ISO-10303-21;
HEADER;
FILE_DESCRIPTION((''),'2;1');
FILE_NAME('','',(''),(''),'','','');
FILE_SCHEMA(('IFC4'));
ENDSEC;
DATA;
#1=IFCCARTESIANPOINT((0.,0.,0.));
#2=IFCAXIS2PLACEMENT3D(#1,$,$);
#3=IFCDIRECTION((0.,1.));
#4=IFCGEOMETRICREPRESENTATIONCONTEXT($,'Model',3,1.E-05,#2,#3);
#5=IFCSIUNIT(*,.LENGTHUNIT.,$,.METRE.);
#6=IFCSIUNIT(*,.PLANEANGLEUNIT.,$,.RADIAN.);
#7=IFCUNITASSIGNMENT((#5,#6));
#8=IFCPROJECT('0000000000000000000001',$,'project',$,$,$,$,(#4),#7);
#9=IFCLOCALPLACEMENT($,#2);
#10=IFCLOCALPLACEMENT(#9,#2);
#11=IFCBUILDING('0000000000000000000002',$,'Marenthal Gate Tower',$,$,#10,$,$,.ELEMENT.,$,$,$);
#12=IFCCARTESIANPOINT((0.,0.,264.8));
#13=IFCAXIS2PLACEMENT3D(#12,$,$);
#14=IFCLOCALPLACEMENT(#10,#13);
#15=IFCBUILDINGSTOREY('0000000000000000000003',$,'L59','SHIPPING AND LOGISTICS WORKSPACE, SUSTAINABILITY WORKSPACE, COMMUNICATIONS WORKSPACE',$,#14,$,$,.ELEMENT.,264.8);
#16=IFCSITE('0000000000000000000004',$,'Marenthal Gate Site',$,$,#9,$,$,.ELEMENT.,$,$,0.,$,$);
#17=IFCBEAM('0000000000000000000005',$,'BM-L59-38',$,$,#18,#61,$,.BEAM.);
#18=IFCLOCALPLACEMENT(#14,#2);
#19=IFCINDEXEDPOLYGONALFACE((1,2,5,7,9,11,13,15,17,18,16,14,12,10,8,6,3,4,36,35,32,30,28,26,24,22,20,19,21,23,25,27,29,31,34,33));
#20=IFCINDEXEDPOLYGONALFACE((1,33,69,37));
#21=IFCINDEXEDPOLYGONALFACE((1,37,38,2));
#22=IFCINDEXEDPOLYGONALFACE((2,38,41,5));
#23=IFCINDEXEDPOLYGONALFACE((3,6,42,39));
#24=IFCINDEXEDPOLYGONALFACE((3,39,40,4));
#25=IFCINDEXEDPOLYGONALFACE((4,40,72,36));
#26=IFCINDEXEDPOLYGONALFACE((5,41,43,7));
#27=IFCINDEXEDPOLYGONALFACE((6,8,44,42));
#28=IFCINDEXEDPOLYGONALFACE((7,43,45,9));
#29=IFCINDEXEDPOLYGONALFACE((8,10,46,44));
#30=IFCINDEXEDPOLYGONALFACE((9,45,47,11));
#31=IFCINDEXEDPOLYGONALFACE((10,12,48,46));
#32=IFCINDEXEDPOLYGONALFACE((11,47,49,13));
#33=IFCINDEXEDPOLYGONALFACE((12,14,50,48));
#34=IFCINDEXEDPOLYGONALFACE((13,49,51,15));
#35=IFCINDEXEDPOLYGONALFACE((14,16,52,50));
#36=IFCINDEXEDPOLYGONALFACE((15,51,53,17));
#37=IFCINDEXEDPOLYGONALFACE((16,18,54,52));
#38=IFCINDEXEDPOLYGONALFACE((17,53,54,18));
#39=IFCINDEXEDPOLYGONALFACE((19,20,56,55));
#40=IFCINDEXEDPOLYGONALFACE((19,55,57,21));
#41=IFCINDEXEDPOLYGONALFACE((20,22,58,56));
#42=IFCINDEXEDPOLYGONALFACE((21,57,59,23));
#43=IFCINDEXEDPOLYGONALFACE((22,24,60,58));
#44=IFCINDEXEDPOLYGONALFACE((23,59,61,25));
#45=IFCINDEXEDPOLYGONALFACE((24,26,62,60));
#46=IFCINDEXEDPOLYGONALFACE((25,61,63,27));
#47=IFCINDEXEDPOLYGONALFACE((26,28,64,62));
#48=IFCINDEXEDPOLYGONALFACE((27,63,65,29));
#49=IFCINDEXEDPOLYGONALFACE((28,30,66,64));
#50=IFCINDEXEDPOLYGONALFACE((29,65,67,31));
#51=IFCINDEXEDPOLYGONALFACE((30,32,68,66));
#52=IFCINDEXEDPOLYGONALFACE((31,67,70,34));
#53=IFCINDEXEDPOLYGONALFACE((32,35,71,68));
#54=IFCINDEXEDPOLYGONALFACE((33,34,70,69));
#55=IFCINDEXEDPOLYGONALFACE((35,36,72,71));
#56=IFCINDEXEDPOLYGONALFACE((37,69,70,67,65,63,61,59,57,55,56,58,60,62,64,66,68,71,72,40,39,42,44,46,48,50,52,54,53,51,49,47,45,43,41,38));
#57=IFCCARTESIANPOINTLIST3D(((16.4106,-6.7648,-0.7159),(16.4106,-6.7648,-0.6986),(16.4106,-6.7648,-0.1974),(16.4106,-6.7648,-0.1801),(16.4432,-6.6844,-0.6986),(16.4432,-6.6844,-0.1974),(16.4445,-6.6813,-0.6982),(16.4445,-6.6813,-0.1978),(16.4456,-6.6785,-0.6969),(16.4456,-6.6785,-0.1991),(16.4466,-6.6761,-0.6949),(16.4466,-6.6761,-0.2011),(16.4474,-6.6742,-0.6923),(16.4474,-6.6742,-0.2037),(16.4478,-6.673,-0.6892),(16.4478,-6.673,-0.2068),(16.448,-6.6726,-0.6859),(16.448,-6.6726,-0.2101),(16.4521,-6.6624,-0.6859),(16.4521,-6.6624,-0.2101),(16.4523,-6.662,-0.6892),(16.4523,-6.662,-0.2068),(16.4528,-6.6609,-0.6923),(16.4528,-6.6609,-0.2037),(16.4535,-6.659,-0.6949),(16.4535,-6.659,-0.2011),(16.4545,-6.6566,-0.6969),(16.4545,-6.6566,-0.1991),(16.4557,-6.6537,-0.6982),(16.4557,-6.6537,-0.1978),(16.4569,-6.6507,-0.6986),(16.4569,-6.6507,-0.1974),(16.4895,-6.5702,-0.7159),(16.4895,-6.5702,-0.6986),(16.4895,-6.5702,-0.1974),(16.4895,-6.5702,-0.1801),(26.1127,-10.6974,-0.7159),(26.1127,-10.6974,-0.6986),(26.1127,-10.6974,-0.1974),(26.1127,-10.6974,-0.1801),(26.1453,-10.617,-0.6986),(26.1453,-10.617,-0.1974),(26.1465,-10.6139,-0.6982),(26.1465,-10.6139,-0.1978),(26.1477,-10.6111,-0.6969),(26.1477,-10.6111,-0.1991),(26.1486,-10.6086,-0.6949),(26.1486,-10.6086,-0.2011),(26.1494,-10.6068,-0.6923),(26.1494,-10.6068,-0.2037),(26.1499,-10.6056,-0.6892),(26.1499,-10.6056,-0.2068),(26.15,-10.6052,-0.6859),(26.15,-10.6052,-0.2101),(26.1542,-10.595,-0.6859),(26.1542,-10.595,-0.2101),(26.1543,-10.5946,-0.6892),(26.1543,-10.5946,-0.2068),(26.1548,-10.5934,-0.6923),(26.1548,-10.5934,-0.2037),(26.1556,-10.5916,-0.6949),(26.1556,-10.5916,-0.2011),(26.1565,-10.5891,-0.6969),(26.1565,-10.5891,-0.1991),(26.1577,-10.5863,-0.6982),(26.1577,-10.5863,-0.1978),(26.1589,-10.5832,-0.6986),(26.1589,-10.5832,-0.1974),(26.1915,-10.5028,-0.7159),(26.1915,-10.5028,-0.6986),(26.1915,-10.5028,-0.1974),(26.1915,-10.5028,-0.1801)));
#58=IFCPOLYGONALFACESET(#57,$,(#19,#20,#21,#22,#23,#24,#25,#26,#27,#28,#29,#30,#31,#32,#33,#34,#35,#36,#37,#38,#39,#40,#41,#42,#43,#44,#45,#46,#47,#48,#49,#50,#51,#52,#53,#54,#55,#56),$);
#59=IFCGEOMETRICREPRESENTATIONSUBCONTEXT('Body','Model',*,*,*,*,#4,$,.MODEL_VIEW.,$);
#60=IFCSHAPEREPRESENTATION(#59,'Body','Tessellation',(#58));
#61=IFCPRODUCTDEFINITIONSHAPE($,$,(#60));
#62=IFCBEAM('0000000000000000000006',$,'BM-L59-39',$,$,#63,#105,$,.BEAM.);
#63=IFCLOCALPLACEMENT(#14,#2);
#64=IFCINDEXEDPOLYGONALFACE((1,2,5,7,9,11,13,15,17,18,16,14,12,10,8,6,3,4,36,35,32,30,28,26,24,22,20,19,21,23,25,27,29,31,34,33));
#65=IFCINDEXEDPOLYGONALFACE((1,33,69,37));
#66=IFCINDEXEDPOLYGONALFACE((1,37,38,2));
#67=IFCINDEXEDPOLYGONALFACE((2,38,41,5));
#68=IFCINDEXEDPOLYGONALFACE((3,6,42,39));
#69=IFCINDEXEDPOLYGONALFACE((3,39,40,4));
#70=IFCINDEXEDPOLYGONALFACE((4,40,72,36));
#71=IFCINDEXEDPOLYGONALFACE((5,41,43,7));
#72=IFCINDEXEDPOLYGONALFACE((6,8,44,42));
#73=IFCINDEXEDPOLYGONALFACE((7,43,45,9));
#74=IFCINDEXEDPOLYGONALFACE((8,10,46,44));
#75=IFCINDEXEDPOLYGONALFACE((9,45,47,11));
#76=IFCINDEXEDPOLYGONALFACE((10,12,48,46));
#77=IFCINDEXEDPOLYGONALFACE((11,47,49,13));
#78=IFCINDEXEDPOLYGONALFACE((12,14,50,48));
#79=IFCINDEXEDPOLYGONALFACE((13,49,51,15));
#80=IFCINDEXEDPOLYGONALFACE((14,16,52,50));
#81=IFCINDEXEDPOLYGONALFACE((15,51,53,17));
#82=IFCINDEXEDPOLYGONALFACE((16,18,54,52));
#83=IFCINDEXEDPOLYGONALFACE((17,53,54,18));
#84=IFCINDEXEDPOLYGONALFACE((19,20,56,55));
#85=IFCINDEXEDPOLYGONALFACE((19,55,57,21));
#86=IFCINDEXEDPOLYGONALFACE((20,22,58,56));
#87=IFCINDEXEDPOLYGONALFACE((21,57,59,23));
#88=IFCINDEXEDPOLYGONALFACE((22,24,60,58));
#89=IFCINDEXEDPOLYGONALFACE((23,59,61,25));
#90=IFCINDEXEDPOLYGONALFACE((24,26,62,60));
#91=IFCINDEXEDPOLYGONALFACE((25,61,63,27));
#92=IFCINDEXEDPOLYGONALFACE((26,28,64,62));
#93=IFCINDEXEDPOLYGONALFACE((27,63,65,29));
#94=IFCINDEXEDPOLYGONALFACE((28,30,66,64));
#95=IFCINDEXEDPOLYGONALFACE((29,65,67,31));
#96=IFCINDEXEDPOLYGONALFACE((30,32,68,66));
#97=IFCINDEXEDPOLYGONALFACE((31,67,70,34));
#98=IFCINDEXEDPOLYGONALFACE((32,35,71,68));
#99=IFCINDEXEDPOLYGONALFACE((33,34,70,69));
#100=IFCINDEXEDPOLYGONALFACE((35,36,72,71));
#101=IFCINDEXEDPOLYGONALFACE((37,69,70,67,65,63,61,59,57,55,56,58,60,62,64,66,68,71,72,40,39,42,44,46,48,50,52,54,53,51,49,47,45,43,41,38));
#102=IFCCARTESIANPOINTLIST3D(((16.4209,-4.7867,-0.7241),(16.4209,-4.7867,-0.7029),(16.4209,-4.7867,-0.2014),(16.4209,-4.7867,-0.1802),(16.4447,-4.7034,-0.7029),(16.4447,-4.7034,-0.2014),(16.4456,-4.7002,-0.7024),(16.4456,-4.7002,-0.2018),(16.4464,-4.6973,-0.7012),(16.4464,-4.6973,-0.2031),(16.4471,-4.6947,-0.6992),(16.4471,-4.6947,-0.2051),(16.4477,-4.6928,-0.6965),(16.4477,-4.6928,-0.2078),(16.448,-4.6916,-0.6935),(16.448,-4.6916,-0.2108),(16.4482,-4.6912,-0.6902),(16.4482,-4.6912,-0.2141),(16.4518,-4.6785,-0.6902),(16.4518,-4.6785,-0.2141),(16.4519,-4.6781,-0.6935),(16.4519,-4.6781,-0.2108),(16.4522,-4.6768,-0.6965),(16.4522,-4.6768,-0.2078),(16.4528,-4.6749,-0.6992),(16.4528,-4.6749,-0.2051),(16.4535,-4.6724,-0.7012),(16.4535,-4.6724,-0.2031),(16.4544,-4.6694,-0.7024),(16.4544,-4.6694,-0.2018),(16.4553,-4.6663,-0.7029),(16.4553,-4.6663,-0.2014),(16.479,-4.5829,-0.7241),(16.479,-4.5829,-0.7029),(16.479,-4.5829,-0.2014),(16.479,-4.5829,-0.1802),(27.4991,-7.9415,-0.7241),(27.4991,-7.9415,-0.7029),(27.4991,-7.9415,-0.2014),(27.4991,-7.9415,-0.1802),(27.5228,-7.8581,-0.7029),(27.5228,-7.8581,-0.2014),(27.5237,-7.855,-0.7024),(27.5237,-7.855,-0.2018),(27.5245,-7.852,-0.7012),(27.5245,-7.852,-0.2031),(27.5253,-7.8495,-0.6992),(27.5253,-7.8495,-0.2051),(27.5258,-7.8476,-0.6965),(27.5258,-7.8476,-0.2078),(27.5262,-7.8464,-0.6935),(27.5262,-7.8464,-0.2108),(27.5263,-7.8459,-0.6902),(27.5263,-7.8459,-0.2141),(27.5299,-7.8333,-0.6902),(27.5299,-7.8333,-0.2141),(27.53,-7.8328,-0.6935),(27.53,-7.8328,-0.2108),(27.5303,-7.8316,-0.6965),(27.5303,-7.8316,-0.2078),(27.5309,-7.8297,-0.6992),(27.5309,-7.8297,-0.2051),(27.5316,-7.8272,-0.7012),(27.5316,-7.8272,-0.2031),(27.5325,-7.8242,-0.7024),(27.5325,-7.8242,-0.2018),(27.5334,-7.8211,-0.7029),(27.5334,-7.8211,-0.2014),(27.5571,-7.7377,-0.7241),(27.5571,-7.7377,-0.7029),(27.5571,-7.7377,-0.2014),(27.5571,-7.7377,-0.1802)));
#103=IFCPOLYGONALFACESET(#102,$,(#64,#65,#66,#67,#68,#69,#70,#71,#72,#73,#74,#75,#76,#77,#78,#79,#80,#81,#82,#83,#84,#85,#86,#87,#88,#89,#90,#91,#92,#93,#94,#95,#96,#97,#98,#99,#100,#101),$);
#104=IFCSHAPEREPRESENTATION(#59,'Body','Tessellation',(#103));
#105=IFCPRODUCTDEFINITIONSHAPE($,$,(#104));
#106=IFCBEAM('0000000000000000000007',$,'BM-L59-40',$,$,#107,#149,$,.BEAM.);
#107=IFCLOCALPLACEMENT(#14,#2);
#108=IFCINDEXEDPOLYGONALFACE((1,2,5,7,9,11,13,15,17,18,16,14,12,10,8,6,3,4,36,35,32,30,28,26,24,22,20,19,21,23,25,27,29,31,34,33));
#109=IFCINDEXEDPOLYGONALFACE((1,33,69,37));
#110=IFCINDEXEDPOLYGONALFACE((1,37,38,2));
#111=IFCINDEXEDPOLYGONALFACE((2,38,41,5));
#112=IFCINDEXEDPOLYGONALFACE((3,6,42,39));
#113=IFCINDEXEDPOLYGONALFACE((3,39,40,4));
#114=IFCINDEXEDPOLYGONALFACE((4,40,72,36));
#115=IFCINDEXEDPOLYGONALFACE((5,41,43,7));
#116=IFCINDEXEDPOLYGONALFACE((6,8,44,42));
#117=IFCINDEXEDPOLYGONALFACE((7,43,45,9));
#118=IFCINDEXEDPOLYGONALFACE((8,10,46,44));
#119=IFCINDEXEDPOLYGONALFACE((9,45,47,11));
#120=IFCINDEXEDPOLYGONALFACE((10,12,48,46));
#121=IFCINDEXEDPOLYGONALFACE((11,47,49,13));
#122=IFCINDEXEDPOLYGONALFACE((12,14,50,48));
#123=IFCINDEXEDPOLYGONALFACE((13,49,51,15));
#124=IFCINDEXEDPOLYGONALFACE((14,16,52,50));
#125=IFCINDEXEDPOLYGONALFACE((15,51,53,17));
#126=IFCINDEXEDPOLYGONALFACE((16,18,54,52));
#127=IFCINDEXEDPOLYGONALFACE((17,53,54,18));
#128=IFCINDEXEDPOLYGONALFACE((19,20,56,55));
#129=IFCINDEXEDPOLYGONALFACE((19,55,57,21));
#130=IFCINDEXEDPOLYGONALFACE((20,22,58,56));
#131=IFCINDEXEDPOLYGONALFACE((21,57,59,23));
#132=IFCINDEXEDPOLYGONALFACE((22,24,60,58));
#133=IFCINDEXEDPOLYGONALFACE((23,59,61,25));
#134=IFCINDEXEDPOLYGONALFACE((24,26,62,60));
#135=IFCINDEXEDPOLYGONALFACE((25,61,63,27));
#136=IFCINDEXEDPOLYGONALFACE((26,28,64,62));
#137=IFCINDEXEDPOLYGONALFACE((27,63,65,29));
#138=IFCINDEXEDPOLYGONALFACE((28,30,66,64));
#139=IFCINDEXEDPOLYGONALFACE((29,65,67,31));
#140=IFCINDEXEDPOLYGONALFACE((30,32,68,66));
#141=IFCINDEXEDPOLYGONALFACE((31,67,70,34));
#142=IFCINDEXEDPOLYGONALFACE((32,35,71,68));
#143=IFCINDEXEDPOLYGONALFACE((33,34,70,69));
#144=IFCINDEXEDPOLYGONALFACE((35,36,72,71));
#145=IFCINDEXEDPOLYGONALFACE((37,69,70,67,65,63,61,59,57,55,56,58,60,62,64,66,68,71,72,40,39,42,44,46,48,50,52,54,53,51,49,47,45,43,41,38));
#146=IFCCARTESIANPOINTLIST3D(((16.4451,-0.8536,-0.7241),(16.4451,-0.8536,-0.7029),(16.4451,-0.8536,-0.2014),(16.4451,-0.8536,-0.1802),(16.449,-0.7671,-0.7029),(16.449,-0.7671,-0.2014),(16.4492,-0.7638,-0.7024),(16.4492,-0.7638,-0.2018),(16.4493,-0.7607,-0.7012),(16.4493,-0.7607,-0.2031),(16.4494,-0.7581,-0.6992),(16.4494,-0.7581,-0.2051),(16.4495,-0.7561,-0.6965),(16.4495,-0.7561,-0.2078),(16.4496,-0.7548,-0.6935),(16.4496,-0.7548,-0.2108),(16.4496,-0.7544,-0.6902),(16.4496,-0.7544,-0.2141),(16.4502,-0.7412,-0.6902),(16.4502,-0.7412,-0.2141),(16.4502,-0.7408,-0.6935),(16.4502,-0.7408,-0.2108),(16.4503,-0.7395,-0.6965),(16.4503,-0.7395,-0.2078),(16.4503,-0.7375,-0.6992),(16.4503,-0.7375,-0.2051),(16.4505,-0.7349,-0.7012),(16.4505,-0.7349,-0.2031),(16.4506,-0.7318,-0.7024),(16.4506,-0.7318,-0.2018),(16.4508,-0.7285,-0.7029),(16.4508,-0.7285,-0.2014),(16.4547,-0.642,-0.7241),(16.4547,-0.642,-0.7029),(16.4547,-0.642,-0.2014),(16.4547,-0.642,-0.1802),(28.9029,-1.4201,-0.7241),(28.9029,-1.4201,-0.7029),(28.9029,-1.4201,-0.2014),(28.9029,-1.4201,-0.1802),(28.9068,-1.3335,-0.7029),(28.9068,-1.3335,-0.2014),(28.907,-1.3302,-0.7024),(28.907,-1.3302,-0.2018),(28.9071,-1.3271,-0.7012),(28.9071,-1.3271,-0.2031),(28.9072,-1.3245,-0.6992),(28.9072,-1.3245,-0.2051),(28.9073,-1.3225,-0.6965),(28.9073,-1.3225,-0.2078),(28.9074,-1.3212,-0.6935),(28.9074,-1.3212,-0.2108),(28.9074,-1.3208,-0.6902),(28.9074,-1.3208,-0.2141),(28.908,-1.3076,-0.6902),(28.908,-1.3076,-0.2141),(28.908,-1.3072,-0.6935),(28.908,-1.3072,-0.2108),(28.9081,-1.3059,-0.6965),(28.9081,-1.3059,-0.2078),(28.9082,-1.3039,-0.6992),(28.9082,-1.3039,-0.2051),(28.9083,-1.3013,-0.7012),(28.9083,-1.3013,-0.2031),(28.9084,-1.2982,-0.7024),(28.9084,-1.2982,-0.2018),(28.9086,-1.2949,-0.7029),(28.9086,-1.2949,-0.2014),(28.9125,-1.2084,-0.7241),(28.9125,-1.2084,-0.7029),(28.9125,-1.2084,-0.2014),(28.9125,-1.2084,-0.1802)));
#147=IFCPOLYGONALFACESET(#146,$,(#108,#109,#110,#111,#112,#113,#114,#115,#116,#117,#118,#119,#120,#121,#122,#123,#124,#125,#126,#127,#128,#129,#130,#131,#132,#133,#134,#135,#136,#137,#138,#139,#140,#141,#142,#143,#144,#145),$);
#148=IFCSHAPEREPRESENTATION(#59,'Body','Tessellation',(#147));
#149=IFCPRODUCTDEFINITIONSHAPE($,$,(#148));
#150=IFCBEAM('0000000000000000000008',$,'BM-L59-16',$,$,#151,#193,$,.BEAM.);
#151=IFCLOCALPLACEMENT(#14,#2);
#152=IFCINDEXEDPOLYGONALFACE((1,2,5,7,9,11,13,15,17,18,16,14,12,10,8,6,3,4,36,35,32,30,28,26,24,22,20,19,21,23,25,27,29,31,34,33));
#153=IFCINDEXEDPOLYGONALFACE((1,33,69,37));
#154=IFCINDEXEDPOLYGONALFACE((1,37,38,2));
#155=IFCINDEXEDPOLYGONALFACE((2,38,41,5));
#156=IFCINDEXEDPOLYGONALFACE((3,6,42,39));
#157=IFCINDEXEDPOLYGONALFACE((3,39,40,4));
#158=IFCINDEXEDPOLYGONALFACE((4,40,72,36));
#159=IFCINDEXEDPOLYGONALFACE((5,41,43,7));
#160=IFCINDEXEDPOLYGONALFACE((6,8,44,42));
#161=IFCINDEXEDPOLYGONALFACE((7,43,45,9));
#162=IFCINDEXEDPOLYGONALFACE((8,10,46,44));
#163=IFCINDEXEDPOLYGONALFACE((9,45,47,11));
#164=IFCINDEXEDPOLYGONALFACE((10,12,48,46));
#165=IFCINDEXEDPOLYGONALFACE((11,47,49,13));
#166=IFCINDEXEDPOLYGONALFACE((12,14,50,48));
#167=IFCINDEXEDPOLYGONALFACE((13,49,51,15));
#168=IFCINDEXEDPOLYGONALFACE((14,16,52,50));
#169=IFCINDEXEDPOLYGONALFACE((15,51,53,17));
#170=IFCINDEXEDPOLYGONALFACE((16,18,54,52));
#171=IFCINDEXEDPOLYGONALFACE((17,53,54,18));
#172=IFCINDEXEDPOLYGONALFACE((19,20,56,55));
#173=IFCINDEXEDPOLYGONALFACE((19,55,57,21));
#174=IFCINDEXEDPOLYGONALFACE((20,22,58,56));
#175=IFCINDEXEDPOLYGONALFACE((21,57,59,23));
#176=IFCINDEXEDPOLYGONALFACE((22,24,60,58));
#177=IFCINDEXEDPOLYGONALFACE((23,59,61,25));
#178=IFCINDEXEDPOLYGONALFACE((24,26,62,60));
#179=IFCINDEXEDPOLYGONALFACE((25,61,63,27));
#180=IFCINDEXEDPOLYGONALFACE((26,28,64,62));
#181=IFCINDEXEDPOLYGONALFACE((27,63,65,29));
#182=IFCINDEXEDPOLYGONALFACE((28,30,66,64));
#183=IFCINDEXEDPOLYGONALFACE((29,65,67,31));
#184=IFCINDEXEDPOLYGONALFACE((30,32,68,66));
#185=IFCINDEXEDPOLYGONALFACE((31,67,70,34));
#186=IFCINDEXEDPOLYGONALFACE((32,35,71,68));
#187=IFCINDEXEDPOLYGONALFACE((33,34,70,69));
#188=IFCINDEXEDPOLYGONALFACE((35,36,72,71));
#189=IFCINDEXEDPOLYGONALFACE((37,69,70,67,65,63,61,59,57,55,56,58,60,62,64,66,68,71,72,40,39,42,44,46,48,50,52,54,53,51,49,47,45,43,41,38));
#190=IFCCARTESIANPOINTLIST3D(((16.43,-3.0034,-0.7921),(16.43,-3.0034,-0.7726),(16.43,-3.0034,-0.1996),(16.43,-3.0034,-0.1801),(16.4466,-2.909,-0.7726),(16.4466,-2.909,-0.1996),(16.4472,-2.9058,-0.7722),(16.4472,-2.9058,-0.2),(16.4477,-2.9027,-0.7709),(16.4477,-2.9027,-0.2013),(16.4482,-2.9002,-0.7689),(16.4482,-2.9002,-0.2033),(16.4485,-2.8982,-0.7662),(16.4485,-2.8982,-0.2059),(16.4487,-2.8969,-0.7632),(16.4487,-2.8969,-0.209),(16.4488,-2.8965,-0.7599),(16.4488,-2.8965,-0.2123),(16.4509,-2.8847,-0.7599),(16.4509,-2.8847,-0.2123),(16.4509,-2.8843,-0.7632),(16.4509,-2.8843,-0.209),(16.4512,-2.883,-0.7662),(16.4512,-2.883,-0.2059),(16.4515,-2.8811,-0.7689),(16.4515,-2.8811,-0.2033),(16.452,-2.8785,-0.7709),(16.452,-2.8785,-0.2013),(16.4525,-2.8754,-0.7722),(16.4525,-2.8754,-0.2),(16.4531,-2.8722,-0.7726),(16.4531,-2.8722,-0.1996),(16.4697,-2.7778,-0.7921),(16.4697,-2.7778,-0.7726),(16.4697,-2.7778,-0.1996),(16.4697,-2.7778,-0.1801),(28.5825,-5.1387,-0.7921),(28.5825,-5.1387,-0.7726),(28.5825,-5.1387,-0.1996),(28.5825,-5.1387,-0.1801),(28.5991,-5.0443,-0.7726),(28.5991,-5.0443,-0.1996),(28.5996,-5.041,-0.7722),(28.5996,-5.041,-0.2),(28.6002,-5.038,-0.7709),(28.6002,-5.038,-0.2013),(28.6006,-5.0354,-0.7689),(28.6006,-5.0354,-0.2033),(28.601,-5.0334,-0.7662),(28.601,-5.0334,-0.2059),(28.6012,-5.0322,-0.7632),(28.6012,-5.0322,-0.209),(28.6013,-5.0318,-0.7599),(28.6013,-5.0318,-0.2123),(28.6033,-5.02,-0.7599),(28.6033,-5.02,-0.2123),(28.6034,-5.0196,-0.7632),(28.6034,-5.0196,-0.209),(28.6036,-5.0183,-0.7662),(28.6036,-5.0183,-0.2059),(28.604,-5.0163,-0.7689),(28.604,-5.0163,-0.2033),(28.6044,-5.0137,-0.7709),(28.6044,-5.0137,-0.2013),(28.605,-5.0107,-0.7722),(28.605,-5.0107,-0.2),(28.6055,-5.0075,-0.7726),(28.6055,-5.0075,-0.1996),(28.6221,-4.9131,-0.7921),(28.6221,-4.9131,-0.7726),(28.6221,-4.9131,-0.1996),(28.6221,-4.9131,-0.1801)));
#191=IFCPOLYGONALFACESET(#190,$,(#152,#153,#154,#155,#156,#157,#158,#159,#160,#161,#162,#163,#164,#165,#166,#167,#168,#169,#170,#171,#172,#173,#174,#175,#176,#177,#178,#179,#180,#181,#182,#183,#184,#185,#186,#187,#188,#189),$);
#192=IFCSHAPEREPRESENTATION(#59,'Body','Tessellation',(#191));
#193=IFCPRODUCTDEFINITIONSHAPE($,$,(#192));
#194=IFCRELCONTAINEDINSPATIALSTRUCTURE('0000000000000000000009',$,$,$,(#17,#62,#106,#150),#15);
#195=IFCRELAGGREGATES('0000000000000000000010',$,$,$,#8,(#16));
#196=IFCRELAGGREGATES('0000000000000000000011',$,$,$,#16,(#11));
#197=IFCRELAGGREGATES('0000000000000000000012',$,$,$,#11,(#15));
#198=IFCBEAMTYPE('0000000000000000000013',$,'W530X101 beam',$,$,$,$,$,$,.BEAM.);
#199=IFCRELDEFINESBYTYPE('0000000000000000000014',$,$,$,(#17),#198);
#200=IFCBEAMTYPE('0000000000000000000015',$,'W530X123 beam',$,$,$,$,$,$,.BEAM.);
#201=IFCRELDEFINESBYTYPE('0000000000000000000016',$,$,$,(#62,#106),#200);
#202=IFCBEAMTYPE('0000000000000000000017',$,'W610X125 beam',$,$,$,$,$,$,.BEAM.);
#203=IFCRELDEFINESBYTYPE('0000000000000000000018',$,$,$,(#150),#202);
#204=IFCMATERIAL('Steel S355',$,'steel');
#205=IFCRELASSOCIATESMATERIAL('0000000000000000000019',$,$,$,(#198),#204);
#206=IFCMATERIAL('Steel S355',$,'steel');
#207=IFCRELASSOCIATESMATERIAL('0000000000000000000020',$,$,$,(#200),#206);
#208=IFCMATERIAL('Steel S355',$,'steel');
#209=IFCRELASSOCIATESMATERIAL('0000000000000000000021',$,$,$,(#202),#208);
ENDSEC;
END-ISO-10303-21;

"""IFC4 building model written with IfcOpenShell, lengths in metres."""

from ifc_helpers import new_model, si_unit, direction, frame, origin, origin_2d, place, context, subcontext, project, spatial, i_section, extrude, material, material_profile, profile_set, type_object, element, save


model = new_model("IFC4")

# Units and contexts
model_context = context("Model", 3, precision=1e-05, world=origin(), true_north=direction((0.0, 1.0)))
body_context = subcontext(model_context, "Body", "Model", "MODEL_VIEW")
ifc_project = project(units=[si_unit("LENGTHUNIT", "METRE"), si_unit("PLANEANGLEUNIT", "RADIAN")], contexts=[model_context])

# Site, building, storey
site_placement = place(None, origin())
site = spatial("IfcSite", under=ifc_project, at=site_placement, Name="Marenthal Gate Site", CompositionType="ELEMENT", RefElevation=0.0)
building_placement = place(site_placement, origin())
building = spatial("IfcBuilding", under=site, at=building_placement, Name="Marenthal Gate Tower", CompositionType="ELEMENT")
storey_placement = place(building_placement, frame((0.0, 0.0, 264.8)))
storey = spatial("IfcBuildingStorey", under=building, at=storey_placement, Name="L59", Description="SHIPPING AND LOGISTICS WORKSPACE, SUSTAINABILITY WORKSPACE, COMMUNICATIONS WORKSPACE", CompositionType="ELEMENT", Elevation=264.8)

# Beams
ifc_material_1 = material(Name="Steel S355", Category="steel")
ifc_material_profile_1 = material_profile(ifc_material_1, i_section(OverallWidth=0.21, OverallDepth=0.5359, WebThickness=0.011, FlangeThickness=0.0173, FilletRadius=0.0127, at=origin_2d()), Name="W530X101")
ifc_profile_set_1 = profile_set([ifc_material_profile_1], Name="Steel S355")
beam_type_1 = type_object("IfcBeamType", Name="W530X101 beam", PredefinedType="BEAM", material=ifc_profile_set_1)
beam_1_placement = place(storey_placement, frame((26.1521, -10.6001, -0.448), z_axis=(-0.926762, 0.375649, 0.0), x_axis=(-0.375649, -0.926762, 0.0)))
element("IfcBeam", 1, at=beam_1_placement, inside=storey, type_object=beam_type_1, Name="BM-L59-38", PredefinedType="BEAM", context=body_context, shape_type="SweptSolid", body=[
    extrude(i_section(OverallWidth=0.21, OverallDepth=0.5359, WebThickness=0.011, FlangeThickness=0.0173, FilletRadius=0.0127, at=origin_2d()), origin(), (0.0, 0.0, 1.0), 10.4688),
])
ifc_material_2 = material(Name="Steel S355", Category="steel")
ifc_material_profile_2 = material_profile(ifc_material_2, i_section(OverallWidth=0.2119, OverallDepth=0.5439, WebThickness=0.0132, FlangeThickness=0.0212, FilletRadius=0.0127, at=origin_2d()), Name="W530X123")
ifc_profile_set_2 = profile_set([ifc_material_profile_2], Name="Steel S355")
beam_type_2 = type_object("IfcBeamType", Name="W530X123 beam", PredefinedType="BEAM", material=ifc_profile_set_2)
beam_2_placement = place(storey_placement, frame((27.5281, -7.8396, -0.4521), z_axis=(-0.961762, 0.273887, 0.0), x_axis=(-0.273887, -0.961762, 0.0)))
element("IfcBeam", 2, at=beam_2_placement, inside=storey, type_object=beam_type_2, Name="BM-L59-39", PredefinedType="BEAM", context=body_context, shape_type="SweptSolid", body=[
    extrude(i_section(OverallWidth=0.2119, OverallDepth=0.5439, WebThickness=0.0132, FlangeThickness=0.0212, FilletRadius=0.0127, at=origin_2d()), origin(), (0.0, 0.0, 1.0), 11.5186),
])
beam_3_placement = place(storey_placement, frame((28.9077, -1.3142, -0.4521), z_axis=(-0.998968, 0.045419, 0.0), x_axis=(-0.045419, -0.998968, 0.0)))
element("IfcBeam", 3, at=beam_3_placement, inside=storey, type_object=beam_type_2, Name="BM-L59-40", PredefinedType="BEAM", context=body_context, shape_type="SweptSolid", body=[
    extrude(i_section(OverallWidth=0.2119, OverallDepth=0.5439, WebThickness=0.0132, FlangeThickness=0.0212, FilletRadius=0.0127, at=origin_2d()), origin(), (0.0, 0.0, 1.0), 12.4707),
])
ifc_material_3 = material(Name="Steel S355", Category="steel")
ifc_material_profile_3 = material_profile(ifc_material_3, i_section(OverallWidth=0.229, OverallDepth=0.6121, WebThickness=0.012, FlangeThickness=0.0195, FilletRadius=0.0127, at=origin_2d()), Name="W610X125")
ifc_profile_set_3 = profile_set([ifc_material_profile_3], Name="Steel S355")
beam_type_3 = type_object("IfcBeamType", Name="W610X125 beam", PredefinedType="BEAM", material=ifc_profile_set_3)
beam_4_placement = place(storey_placement, frame((28.6023, -5.0259, -0.4861), z_axis=(-0.984912, 0.173056, 0.0), x_axis=(-0.173056, -0.984912, 0.0)))
element("IfcBeam", 4, at=beam_4_placement, inside=storey, type_object=beam_type_3, Name="BM-L59-16", PredefinedType="BEAM", context=body_context, shape_type="SweptSolid", body=[
    extrude(i_section(OverallWidth=0.229, OverallDepth=0.6121, WebThickness=0.012, FlangeThickness=0.0195, FilletRadius=0.0127, at=origin_2d()), origin(), (0.0, 0.0, 1.0), 12.3386),
])

save(model, "model.ifc")
